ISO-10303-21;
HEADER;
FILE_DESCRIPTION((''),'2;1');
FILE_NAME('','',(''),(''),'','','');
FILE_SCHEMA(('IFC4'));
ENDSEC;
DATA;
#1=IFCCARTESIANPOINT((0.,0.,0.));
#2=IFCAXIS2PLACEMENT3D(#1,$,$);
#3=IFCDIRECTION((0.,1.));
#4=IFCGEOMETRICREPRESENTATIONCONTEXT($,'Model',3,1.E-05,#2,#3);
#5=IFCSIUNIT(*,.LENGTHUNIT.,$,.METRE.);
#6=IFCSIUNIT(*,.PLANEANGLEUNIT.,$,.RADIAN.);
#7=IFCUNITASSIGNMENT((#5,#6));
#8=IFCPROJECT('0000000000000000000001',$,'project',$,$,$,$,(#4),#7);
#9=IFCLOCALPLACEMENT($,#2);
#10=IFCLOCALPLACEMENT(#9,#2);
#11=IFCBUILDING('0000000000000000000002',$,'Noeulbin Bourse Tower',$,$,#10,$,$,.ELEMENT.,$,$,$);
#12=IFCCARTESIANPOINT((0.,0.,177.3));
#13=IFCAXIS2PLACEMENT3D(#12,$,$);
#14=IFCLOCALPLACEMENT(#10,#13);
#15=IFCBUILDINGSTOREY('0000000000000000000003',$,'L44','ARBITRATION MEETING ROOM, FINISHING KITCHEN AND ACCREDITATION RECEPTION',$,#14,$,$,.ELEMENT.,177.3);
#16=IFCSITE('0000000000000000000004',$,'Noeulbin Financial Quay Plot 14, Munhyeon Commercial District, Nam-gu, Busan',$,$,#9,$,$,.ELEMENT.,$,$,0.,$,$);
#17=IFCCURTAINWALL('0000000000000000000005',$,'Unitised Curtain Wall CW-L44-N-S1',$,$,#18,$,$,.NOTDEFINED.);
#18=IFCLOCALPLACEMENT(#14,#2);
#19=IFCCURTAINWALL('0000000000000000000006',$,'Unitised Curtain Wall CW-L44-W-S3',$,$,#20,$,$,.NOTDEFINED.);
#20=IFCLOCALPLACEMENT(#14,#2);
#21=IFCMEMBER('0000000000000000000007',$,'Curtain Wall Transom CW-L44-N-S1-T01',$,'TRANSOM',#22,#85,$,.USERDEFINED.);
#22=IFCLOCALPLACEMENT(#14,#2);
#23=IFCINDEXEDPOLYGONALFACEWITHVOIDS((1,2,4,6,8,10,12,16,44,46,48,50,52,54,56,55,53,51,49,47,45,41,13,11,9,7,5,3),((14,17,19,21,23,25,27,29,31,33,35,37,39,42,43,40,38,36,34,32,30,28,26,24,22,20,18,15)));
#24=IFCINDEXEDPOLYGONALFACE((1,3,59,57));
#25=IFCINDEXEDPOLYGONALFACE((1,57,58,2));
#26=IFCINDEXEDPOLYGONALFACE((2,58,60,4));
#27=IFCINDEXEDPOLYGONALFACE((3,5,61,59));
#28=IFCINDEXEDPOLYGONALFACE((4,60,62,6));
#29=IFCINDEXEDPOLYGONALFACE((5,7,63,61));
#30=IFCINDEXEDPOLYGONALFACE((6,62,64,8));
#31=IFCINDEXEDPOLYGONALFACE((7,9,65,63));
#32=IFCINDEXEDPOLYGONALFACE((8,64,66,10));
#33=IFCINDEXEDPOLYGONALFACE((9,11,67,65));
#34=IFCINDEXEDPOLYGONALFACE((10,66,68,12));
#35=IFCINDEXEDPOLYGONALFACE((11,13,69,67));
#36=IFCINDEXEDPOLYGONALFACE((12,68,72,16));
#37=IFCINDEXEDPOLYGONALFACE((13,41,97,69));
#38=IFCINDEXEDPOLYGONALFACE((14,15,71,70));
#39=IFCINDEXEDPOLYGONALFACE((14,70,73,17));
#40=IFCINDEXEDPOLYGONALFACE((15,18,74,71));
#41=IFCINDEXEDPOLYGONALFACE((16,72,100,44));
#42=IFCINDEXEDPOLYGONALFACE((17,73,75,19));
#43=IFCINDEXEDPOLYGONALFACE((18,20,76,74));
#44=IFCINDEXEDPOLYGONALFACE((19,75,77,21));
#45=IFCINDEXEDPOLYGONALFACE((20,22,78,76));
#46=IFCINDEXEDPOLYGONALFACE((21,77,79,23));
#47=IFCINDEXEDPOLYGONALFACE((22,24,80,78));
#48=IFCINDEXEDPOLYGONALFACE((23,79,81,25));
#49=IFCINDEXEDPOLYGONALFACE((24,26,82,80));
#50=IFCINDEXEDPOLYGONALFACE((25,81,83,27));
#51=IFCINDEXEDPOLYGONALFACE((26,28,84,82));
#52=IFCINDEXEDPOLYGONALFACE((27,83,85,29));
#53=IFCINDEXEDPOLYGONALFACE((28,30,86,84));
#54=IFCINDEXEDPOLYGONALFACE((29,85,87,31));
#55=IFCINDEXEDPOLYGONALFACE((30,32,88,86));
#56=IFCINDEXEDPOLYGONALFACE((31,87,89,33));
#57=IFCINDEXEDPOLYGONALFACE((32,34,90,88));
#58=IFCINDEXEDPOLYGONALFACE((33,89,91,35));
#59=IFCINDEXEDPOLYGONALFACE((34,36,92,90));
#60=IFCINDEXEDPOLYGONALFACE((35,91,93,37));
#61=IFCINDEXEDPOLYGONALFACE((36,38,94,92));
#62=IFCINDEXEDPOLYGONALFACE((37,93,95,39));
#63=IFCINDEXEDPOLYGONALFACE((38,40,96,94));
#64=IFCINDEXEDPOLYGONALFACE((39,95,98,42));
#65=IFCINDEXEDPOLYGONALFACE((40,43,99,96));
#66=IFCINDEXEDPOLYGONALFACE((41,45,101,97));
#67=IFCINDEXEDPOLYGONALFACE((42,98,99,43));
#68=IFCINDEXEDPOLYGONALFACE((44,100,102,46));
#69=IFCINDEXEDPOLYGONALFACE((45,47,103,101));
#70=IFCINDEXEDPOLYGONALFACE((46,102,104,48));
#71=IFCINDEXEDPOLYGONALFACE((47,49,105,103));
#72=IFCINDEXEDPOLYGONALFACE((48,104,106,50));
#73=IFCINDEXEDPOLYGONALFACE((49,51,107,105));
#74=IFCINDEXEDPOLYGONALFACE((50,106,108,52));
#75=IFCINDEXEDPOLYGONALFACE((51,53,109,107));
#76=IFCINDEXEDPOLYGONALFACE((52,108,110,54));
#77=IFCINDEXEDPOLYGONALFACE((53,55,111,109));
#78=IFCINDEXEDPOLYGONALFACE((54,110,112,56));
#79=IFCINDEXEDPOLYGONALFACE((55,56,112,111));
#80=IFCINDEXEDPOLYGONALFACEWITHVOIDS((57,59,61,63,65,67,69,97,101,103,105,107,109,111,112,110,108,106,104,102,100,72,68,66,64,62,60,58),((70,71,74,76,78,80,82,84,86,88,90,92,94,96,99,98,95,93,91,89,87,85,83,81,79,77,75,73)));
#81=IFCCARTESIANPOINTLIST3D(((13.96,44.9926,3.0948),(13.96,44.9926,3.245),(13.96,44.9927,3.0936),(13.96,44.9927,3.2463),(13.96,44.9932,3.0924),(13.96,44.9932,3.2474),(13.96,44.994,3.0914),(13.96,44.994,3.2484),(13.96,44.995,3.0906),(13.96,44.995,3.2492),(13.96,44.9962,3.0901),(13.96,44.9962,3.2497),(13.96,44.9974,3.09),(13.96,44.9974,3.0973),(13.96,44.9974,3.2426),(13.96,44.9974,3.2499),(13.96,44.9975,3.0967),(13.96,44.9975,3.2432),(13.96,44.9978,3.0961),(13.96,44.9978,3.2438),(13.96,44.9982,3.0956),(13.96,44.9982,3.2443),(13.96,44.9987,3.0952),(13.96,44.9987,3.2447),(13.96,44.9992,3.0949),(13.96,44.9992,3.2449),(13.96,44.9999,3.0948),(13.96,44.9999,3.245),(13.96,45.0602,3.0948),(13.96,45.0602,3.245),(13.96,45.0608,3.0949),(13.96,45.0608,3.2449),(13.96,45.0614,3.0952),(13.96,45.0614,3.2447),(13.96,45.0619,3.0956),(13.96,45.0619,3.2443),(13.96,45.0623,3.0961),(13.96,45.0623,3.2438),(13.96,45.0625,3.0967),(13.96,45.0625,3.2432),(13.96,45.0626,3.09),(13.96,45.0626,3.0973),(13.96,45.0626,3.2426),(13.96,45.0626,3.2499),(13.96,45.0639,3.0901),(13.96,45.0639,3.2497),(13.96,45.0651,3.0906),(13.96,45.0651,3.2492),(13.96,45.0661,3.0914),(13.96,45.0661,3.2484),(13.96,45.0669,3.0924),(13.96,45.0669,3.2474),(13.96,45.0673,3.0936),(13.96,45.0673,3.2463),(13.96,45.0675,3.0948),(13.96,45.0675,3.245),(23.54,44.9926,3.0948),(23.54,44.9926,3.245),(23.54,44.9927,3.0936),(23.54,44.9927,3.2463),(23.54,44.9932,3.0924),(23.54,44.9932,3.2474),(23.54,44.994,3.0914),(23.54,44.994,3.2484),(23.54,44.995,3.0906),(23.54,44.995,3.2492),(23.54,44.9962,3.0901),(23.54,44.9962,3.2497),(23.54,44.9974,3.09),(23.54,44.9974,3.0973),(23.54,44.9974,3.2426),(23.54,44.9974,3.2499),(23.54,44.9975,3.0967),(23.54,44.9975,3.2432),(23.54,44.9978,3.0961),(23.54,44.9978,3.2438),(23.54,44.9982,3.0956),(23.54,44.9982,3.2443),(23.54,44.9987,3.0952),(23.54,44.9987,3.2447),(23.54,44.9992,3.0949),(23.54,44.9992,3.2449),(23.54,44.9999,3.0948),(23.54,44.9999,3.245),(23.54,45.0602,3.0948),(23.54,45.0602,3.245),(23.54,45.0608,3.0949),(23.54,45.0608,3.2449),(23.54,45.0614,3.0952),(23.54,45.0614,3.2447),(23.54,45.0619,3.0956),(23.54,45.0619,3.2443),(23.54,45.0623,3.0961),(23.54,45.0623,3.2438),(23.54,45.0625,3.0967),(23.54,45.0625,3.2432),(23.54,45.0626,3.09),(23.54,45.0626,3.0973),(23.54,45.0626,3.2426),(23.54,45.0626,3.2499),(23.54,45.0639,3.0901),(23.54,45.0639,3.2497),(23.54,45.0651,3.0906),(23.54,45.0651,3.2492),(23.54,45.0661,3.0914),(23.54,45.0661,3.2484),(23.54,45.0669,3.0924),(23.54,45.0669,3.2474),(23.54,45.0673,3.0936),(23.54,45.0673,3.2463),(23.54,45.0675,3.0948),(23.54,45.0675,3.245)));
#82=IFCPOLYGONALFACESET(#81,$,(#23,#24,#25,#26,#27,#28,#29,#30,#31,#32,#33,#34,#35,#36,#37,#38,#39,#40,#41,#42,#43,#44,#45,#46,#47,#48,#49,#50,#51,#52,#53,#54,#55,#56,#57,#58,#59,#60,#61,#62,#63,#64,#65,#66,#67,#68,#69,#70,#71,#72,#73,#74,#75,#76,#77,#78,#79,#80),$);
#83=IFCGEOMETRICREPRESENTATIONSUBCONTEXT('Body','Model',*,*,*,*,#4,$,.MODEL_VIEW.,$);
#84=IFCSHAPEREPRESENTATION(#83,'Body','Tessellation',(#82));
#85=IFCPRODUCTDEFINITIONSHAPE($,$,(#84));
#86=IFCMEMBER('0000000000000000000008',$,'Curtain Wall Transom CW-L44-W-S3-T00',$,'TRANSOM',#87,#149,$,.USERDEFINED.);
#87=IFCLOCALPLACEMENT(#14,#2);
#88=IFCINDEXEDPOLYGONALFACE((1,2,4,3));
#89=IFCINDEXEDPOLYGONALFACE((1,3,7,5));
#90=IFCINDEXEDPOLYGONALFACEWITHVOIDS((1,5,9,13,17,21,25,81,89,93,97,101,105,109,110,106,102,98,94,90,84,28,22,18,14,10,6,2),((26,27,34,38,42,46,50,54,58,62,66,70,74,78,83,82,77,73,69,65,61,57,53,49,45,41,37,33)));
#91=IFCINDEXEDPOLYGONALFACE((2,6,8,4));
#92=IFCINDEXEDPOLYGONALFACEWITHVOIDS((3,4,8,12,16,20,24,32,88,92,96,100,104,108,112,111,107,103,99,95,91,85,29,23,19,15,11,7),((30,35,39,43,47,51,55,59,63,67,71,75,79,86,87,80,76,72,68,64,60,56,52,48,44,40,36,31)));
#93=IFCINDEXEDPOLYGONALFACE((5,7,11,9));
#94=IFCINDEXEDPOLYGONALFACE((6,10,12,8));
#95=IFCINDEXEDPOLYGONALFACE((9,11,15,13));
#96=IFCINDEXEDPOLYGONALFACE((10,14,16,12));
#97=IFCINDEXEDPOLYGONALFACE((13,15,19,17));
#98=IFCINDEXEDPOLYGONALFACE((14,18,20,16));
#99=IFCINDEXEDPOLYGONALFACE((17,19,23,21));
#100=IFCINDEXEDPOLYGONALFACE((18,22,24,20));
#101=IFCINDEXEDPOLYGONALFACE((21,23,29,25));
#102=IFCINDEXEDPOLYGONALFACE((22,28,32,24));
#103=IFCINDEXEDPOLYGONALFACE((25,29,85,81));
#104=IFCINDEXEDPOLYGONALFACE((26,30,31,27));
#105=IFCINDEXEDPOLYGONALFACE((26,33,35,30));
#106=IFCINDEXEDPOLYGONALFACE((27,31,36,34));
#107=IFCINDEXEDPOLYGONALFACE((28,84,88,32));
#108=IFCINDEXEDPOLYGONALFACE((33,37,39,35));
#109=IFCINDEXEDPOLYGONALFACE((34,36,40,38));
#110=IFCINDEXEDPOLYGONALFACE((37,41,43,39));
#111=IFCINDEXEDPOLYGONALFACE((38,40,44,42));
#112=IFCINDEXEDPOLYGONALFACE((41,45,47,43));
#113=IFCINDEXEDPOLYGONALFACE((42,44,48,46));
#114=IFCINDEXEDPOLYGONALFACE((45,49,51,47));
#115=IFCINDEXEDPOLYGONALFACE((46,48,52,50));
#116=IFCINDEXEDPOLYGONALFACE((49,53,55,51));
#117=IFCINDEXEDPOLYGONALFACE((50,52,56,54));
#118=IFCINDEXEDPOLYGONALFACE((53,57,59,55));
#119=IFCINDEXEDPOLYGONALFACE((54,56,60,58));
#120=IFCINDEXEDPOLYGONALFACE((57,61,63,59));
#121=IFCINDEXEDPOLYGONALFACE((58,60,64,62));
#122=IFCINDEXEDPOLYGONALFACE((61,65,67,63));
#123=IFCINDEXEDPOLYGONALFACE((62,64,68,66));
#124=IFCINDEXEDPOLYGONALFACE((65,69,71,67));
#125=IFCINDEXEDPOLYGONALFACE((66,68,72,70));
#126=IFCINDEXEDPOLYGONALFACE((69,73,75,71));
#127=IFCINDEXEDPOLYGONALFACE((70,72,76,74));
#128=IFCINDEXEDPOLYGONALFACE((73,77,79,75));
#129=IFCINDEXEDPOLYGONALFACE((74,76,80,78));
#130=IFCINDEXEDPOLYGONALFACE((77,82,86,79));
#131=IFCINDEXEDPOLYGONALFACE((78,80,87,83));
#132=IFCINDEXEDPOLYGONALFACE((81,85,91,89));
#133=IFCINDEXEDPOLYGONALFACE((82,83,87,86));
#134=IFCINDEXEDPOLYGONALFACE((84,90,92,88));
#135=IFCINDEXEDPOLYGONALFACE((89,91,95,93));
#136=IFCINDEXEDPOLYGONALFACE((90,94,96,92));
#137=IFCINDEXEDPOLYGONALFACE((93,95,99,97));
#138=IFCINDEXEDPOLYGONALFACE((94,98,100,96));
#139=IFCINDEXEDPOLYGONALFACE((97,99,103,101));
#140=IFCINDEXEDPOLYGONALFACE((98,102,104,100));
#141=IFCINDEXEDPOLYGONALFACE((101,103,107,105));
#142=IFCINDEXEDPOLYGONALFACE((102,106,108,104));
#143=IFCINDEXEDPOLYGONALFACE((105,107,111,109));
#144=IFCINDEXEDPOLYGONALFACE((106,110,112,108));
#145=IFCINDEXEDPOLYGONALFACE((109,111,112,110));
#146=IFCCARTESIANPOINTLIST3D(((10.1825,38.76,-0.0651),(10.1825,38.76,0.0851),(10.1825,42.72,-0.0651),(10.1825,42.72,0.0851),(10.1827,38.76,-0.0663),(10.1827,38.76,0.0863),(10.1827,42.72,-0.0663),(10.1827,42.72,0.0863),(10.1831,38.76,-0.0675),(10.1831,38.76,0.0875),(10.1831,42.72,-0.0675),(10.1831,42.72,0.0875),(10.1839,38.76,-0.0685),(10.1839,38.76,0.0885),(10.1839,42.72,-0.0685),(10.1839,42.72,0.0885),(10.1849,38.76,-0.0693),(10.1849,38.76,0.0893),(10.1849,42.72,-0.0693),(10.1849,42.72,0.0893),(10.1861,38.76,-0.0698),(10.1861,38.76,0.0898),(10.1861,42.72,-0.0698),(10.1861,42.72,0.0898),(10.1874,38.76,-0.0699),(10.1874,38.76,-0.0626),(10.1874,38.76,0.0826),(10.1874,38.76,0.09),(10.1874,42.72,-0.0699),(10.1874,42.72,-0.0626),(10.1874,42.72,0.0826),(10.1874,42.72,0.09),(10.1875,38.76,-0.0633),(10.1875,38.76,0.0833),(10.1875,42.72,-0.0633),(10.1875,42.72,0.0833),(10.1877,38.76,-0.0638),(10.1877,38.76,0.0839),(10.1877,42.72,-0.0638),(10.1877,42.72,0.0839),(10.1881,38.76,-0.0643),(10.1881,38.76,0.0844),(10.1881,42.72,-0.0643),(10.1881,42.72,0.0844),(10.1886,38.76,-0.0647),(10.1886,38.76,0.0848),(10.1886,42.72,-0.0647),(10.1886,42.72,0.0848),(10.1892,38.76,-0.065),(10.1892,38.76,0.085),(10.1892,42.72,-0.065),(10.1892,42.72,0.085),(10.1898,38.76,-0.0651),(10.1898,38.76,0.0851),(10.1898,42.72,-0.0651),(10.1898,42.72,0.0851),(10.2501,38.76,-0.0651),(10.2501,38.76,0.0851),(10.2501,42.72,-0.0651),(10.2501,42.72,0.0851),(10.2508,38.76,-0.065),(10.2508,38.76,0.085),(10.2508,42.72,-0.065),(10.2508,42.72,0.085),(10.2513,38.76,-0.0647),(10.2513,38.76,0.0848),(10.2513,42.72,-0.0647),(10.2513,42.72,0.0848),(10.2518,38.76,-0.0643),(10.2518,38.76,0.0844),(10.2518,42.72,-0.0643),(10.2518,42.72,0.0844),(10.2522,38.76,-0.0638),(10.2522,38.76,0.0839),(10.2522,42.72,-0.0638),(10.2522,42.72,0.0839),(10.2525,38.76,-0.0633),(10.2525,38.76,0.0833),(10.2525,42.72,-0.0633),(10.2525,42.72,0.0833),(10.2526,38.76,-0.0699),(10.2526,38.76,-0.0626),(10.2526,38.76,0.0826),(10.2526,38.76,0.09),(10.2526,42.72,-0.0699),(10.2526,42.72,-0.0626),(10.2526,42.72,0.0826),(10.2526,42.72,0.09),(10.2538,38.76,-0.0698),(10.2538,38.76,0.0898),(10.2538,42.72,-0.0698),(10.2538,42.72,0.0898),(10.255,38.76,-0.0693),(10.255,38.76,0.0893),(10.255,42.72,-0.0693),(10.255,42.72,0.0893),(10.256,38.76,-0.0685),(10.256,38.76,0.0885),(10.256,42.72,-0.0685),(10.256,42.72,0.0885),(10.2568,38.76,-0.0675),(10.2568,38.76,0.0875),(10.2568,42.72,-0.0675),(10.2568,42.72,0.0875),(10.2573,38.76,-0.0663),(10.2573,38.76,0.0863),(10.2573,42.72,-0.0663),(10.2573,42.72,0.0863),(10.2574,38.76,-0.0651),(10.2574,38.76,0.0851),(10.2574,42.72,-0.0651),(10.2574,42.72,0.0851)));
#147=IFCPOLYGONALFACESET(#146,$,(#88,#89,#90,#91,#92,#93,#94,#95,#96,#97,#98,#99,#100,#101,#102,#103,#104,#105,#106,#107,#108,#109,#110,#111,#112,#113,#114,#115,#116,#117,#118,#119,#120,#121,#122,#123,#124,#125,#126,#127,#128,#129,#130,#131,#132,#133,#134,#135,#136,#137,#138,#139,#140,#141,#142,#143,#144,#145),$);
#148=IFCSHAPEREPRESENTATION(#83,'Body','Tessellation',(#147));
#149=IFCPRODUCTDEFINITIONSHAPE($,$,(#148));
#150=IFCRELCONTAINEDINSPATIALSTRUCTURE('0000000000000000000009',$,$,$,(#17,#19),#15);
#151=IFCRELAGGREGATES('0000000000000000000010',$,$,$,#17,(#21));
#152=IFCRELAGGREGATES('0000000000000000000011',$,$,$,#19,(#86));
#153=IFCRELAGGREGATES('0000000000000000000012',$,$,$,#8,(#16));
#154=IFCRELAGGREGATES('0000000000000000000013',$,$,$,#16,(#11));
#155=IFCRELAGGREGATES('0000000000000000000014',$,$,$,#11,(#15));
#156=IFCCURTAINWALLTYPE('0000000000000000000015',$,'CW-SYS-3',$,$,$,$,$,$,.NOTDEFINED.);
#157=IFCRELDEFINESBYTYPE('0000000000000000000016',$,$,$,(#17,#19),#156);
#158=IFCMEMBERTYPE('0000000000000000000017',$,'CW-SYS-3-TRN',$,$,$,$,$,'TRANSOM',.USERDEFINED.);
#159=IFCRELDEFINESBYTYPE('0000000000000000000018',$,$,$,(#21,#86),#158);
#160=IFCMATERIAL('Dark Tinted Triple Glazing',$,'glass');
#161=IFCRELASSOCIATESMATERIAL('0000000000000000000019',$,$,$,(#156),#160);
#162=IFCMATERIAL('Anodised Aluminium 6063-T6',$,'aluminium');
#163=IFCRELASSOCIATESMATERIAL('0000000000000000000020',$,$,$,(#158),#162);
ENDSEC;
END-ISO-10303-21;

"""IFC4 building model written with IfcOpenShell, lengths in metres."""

from ifc_helpers import new_model, si_unit, direction, frame, origin, origin_2d, place, context, subcontext, project, spatial, hollow_rectangle, extrude, material, material_profile, profile_set, type_object, element, aggregate, save


model = new_model("IFC4")

# Units and contexts
model_context = context("Model", 3, precision=1e-05, world=origin(), true_north=direction((0.0, 1.0)))
body_context = subcontext(model_context, "Body", "Model", "MODEL_VIEW")
ifc_project = project(units=[si_unit("LENGTHUNIT", "METRE"), si_unit("PLANEANGLEUNIT", "RADIAN")], contexts=[model_context])

# Site, building, storey
site_placement = place(None, origin())
site = spatial("IfcSite", under=ifc_project, at=site_placement, Name="Noeulbin Financial Quay Plot 14, Munhyeon Commercial District, Nam-gu, Busan", CompositionType="ELEMENT", RefElevation=0.0)
building_placement = place(site_placement, origin())
building = spatial("IfcBuilding", under=site, at=building_placement, Name="Noeulbin Bourse Tower", CompositionType="ELEMENT")
storey_placement = place(building_placement, frame((0.0, 0.0, 177.3)))
storey = spatial("IfcBuildingStorey", under=building, at=storey_placement, Name="L44", Description="ARBITRATION MEETING ROOM, FINISHING KITCHEN AND ACCREDITATION RECEPTION", CompositionType="ELEMENT", Elevation=177.3)

# Curtain wall
ifc_material_1 = material(Name="Dark Tinted Triple Glazing", Category="glass")
curtain_wall_type = type_object("IfcCurtainWallType", Name="CW-SYS-3", PredefinedType="NOTDEFINED", material=ifc_material_1)
curtain_wall_1_placement = place(storey_placement, origin())
curtain_wall_1 = element("IfcCurtainWall", 1, at=curtain_wall_1_placement, inside=storey, type_object=curtain_wall_type, Name="Unitised Curtain Wall CW-L44-N-S1", PredefinedType="NOTDEFINED")
ifc_material_2 = material(Name="Anodised Aluminium 6063-T6", Category="aluminium")

# Curtain wall
curtain_wall_2_placement = place(storey_placement, origin())
curtain_wall_2 = element("IfcCurtainWall", 2, at=curtain_wall_2_placement, inside=storey, type_object=curtain_wall_type, Name="Unitised Curtain Wall CW-L44-W-S3", PredefinedType="NOTDEFINED")

# Members
ifc_material_profile_1 = material_profile(ifc_material_2, hollow_rectangle(XDim=0.075, YDim=0.1599, WallThickness=0.0049, InnerFilletRadius=0.0024, OuterFilletRadius=0.0049, at=origin_2d()), Name="ALU-TRAN-75x160x5", Category="LoadBearing")
ifc_profile_set_1 = profile_set([ifc_material_profile_1], Name="Anodised Aluminium 6063-T6")
member_type_1 = type_object("IfcMemberType", Name="CW-SYS-3-TRN", ElementType="TRANSOM", PredefinedType="USERDEFINED", material=ifc_profile_set_1)
member_1_placement = place(storey_placement, frame((13.96, 45.03, 3.1699), z_axis=(1.0, 0.0, 0.0), x_axis=(0.0, 1.0, 0.0)))
member_1 = element("IfcMember", 3, at=member_1_placement, type_object=member_type_1, Name="Curtain Wall Transom CW-L44-N-S1-T01", ObjectType="TRANSOM", PredefinedType="USERDEFINED", context=body_context, shape_type="SweptSolid", body=[
    extrude(hollow_rectangle(XDim=0.075, YDim=0.1599, WallThickness=0.0049, InnerFilletRadius=0.0024, OuterFilletRadius=0.0049, at=origin_2d()), origin(), (0.0, 0.0, 1.0), 9.5801),
])
aggregate(curtain_wall_1, [member_1])
member_2_placement = place(storey_placement, frame((10.22, 38.76, 0.01), z_axis=(0.0, 1.0, 0.0), x_axis=(-1.0, 0.0, 0.0)))
member_2 = element("IfcMember", 4, at=member_2_placement, type_object=member_type_1, Name="Curtain Wall Transom CW-L44-W-S3-T00", ObjectType="TRANSOM", PredefinedType="USERDEFINED", context=body_context, shape_type="SweptSolid", body=[
    extrude(hollow_rectangle(XDim=0.075, YDim=0.1599, WallThickness=0.0049, InnerFilletRadius=0.0024, OuterFilletRadius=0.0049, at=origin_2d()), origin(), (0.0, 0.0, 1.0), 3.96),
])

aggregate(curtain_wall_2, [member_2])

save(model, "model.ifc")
